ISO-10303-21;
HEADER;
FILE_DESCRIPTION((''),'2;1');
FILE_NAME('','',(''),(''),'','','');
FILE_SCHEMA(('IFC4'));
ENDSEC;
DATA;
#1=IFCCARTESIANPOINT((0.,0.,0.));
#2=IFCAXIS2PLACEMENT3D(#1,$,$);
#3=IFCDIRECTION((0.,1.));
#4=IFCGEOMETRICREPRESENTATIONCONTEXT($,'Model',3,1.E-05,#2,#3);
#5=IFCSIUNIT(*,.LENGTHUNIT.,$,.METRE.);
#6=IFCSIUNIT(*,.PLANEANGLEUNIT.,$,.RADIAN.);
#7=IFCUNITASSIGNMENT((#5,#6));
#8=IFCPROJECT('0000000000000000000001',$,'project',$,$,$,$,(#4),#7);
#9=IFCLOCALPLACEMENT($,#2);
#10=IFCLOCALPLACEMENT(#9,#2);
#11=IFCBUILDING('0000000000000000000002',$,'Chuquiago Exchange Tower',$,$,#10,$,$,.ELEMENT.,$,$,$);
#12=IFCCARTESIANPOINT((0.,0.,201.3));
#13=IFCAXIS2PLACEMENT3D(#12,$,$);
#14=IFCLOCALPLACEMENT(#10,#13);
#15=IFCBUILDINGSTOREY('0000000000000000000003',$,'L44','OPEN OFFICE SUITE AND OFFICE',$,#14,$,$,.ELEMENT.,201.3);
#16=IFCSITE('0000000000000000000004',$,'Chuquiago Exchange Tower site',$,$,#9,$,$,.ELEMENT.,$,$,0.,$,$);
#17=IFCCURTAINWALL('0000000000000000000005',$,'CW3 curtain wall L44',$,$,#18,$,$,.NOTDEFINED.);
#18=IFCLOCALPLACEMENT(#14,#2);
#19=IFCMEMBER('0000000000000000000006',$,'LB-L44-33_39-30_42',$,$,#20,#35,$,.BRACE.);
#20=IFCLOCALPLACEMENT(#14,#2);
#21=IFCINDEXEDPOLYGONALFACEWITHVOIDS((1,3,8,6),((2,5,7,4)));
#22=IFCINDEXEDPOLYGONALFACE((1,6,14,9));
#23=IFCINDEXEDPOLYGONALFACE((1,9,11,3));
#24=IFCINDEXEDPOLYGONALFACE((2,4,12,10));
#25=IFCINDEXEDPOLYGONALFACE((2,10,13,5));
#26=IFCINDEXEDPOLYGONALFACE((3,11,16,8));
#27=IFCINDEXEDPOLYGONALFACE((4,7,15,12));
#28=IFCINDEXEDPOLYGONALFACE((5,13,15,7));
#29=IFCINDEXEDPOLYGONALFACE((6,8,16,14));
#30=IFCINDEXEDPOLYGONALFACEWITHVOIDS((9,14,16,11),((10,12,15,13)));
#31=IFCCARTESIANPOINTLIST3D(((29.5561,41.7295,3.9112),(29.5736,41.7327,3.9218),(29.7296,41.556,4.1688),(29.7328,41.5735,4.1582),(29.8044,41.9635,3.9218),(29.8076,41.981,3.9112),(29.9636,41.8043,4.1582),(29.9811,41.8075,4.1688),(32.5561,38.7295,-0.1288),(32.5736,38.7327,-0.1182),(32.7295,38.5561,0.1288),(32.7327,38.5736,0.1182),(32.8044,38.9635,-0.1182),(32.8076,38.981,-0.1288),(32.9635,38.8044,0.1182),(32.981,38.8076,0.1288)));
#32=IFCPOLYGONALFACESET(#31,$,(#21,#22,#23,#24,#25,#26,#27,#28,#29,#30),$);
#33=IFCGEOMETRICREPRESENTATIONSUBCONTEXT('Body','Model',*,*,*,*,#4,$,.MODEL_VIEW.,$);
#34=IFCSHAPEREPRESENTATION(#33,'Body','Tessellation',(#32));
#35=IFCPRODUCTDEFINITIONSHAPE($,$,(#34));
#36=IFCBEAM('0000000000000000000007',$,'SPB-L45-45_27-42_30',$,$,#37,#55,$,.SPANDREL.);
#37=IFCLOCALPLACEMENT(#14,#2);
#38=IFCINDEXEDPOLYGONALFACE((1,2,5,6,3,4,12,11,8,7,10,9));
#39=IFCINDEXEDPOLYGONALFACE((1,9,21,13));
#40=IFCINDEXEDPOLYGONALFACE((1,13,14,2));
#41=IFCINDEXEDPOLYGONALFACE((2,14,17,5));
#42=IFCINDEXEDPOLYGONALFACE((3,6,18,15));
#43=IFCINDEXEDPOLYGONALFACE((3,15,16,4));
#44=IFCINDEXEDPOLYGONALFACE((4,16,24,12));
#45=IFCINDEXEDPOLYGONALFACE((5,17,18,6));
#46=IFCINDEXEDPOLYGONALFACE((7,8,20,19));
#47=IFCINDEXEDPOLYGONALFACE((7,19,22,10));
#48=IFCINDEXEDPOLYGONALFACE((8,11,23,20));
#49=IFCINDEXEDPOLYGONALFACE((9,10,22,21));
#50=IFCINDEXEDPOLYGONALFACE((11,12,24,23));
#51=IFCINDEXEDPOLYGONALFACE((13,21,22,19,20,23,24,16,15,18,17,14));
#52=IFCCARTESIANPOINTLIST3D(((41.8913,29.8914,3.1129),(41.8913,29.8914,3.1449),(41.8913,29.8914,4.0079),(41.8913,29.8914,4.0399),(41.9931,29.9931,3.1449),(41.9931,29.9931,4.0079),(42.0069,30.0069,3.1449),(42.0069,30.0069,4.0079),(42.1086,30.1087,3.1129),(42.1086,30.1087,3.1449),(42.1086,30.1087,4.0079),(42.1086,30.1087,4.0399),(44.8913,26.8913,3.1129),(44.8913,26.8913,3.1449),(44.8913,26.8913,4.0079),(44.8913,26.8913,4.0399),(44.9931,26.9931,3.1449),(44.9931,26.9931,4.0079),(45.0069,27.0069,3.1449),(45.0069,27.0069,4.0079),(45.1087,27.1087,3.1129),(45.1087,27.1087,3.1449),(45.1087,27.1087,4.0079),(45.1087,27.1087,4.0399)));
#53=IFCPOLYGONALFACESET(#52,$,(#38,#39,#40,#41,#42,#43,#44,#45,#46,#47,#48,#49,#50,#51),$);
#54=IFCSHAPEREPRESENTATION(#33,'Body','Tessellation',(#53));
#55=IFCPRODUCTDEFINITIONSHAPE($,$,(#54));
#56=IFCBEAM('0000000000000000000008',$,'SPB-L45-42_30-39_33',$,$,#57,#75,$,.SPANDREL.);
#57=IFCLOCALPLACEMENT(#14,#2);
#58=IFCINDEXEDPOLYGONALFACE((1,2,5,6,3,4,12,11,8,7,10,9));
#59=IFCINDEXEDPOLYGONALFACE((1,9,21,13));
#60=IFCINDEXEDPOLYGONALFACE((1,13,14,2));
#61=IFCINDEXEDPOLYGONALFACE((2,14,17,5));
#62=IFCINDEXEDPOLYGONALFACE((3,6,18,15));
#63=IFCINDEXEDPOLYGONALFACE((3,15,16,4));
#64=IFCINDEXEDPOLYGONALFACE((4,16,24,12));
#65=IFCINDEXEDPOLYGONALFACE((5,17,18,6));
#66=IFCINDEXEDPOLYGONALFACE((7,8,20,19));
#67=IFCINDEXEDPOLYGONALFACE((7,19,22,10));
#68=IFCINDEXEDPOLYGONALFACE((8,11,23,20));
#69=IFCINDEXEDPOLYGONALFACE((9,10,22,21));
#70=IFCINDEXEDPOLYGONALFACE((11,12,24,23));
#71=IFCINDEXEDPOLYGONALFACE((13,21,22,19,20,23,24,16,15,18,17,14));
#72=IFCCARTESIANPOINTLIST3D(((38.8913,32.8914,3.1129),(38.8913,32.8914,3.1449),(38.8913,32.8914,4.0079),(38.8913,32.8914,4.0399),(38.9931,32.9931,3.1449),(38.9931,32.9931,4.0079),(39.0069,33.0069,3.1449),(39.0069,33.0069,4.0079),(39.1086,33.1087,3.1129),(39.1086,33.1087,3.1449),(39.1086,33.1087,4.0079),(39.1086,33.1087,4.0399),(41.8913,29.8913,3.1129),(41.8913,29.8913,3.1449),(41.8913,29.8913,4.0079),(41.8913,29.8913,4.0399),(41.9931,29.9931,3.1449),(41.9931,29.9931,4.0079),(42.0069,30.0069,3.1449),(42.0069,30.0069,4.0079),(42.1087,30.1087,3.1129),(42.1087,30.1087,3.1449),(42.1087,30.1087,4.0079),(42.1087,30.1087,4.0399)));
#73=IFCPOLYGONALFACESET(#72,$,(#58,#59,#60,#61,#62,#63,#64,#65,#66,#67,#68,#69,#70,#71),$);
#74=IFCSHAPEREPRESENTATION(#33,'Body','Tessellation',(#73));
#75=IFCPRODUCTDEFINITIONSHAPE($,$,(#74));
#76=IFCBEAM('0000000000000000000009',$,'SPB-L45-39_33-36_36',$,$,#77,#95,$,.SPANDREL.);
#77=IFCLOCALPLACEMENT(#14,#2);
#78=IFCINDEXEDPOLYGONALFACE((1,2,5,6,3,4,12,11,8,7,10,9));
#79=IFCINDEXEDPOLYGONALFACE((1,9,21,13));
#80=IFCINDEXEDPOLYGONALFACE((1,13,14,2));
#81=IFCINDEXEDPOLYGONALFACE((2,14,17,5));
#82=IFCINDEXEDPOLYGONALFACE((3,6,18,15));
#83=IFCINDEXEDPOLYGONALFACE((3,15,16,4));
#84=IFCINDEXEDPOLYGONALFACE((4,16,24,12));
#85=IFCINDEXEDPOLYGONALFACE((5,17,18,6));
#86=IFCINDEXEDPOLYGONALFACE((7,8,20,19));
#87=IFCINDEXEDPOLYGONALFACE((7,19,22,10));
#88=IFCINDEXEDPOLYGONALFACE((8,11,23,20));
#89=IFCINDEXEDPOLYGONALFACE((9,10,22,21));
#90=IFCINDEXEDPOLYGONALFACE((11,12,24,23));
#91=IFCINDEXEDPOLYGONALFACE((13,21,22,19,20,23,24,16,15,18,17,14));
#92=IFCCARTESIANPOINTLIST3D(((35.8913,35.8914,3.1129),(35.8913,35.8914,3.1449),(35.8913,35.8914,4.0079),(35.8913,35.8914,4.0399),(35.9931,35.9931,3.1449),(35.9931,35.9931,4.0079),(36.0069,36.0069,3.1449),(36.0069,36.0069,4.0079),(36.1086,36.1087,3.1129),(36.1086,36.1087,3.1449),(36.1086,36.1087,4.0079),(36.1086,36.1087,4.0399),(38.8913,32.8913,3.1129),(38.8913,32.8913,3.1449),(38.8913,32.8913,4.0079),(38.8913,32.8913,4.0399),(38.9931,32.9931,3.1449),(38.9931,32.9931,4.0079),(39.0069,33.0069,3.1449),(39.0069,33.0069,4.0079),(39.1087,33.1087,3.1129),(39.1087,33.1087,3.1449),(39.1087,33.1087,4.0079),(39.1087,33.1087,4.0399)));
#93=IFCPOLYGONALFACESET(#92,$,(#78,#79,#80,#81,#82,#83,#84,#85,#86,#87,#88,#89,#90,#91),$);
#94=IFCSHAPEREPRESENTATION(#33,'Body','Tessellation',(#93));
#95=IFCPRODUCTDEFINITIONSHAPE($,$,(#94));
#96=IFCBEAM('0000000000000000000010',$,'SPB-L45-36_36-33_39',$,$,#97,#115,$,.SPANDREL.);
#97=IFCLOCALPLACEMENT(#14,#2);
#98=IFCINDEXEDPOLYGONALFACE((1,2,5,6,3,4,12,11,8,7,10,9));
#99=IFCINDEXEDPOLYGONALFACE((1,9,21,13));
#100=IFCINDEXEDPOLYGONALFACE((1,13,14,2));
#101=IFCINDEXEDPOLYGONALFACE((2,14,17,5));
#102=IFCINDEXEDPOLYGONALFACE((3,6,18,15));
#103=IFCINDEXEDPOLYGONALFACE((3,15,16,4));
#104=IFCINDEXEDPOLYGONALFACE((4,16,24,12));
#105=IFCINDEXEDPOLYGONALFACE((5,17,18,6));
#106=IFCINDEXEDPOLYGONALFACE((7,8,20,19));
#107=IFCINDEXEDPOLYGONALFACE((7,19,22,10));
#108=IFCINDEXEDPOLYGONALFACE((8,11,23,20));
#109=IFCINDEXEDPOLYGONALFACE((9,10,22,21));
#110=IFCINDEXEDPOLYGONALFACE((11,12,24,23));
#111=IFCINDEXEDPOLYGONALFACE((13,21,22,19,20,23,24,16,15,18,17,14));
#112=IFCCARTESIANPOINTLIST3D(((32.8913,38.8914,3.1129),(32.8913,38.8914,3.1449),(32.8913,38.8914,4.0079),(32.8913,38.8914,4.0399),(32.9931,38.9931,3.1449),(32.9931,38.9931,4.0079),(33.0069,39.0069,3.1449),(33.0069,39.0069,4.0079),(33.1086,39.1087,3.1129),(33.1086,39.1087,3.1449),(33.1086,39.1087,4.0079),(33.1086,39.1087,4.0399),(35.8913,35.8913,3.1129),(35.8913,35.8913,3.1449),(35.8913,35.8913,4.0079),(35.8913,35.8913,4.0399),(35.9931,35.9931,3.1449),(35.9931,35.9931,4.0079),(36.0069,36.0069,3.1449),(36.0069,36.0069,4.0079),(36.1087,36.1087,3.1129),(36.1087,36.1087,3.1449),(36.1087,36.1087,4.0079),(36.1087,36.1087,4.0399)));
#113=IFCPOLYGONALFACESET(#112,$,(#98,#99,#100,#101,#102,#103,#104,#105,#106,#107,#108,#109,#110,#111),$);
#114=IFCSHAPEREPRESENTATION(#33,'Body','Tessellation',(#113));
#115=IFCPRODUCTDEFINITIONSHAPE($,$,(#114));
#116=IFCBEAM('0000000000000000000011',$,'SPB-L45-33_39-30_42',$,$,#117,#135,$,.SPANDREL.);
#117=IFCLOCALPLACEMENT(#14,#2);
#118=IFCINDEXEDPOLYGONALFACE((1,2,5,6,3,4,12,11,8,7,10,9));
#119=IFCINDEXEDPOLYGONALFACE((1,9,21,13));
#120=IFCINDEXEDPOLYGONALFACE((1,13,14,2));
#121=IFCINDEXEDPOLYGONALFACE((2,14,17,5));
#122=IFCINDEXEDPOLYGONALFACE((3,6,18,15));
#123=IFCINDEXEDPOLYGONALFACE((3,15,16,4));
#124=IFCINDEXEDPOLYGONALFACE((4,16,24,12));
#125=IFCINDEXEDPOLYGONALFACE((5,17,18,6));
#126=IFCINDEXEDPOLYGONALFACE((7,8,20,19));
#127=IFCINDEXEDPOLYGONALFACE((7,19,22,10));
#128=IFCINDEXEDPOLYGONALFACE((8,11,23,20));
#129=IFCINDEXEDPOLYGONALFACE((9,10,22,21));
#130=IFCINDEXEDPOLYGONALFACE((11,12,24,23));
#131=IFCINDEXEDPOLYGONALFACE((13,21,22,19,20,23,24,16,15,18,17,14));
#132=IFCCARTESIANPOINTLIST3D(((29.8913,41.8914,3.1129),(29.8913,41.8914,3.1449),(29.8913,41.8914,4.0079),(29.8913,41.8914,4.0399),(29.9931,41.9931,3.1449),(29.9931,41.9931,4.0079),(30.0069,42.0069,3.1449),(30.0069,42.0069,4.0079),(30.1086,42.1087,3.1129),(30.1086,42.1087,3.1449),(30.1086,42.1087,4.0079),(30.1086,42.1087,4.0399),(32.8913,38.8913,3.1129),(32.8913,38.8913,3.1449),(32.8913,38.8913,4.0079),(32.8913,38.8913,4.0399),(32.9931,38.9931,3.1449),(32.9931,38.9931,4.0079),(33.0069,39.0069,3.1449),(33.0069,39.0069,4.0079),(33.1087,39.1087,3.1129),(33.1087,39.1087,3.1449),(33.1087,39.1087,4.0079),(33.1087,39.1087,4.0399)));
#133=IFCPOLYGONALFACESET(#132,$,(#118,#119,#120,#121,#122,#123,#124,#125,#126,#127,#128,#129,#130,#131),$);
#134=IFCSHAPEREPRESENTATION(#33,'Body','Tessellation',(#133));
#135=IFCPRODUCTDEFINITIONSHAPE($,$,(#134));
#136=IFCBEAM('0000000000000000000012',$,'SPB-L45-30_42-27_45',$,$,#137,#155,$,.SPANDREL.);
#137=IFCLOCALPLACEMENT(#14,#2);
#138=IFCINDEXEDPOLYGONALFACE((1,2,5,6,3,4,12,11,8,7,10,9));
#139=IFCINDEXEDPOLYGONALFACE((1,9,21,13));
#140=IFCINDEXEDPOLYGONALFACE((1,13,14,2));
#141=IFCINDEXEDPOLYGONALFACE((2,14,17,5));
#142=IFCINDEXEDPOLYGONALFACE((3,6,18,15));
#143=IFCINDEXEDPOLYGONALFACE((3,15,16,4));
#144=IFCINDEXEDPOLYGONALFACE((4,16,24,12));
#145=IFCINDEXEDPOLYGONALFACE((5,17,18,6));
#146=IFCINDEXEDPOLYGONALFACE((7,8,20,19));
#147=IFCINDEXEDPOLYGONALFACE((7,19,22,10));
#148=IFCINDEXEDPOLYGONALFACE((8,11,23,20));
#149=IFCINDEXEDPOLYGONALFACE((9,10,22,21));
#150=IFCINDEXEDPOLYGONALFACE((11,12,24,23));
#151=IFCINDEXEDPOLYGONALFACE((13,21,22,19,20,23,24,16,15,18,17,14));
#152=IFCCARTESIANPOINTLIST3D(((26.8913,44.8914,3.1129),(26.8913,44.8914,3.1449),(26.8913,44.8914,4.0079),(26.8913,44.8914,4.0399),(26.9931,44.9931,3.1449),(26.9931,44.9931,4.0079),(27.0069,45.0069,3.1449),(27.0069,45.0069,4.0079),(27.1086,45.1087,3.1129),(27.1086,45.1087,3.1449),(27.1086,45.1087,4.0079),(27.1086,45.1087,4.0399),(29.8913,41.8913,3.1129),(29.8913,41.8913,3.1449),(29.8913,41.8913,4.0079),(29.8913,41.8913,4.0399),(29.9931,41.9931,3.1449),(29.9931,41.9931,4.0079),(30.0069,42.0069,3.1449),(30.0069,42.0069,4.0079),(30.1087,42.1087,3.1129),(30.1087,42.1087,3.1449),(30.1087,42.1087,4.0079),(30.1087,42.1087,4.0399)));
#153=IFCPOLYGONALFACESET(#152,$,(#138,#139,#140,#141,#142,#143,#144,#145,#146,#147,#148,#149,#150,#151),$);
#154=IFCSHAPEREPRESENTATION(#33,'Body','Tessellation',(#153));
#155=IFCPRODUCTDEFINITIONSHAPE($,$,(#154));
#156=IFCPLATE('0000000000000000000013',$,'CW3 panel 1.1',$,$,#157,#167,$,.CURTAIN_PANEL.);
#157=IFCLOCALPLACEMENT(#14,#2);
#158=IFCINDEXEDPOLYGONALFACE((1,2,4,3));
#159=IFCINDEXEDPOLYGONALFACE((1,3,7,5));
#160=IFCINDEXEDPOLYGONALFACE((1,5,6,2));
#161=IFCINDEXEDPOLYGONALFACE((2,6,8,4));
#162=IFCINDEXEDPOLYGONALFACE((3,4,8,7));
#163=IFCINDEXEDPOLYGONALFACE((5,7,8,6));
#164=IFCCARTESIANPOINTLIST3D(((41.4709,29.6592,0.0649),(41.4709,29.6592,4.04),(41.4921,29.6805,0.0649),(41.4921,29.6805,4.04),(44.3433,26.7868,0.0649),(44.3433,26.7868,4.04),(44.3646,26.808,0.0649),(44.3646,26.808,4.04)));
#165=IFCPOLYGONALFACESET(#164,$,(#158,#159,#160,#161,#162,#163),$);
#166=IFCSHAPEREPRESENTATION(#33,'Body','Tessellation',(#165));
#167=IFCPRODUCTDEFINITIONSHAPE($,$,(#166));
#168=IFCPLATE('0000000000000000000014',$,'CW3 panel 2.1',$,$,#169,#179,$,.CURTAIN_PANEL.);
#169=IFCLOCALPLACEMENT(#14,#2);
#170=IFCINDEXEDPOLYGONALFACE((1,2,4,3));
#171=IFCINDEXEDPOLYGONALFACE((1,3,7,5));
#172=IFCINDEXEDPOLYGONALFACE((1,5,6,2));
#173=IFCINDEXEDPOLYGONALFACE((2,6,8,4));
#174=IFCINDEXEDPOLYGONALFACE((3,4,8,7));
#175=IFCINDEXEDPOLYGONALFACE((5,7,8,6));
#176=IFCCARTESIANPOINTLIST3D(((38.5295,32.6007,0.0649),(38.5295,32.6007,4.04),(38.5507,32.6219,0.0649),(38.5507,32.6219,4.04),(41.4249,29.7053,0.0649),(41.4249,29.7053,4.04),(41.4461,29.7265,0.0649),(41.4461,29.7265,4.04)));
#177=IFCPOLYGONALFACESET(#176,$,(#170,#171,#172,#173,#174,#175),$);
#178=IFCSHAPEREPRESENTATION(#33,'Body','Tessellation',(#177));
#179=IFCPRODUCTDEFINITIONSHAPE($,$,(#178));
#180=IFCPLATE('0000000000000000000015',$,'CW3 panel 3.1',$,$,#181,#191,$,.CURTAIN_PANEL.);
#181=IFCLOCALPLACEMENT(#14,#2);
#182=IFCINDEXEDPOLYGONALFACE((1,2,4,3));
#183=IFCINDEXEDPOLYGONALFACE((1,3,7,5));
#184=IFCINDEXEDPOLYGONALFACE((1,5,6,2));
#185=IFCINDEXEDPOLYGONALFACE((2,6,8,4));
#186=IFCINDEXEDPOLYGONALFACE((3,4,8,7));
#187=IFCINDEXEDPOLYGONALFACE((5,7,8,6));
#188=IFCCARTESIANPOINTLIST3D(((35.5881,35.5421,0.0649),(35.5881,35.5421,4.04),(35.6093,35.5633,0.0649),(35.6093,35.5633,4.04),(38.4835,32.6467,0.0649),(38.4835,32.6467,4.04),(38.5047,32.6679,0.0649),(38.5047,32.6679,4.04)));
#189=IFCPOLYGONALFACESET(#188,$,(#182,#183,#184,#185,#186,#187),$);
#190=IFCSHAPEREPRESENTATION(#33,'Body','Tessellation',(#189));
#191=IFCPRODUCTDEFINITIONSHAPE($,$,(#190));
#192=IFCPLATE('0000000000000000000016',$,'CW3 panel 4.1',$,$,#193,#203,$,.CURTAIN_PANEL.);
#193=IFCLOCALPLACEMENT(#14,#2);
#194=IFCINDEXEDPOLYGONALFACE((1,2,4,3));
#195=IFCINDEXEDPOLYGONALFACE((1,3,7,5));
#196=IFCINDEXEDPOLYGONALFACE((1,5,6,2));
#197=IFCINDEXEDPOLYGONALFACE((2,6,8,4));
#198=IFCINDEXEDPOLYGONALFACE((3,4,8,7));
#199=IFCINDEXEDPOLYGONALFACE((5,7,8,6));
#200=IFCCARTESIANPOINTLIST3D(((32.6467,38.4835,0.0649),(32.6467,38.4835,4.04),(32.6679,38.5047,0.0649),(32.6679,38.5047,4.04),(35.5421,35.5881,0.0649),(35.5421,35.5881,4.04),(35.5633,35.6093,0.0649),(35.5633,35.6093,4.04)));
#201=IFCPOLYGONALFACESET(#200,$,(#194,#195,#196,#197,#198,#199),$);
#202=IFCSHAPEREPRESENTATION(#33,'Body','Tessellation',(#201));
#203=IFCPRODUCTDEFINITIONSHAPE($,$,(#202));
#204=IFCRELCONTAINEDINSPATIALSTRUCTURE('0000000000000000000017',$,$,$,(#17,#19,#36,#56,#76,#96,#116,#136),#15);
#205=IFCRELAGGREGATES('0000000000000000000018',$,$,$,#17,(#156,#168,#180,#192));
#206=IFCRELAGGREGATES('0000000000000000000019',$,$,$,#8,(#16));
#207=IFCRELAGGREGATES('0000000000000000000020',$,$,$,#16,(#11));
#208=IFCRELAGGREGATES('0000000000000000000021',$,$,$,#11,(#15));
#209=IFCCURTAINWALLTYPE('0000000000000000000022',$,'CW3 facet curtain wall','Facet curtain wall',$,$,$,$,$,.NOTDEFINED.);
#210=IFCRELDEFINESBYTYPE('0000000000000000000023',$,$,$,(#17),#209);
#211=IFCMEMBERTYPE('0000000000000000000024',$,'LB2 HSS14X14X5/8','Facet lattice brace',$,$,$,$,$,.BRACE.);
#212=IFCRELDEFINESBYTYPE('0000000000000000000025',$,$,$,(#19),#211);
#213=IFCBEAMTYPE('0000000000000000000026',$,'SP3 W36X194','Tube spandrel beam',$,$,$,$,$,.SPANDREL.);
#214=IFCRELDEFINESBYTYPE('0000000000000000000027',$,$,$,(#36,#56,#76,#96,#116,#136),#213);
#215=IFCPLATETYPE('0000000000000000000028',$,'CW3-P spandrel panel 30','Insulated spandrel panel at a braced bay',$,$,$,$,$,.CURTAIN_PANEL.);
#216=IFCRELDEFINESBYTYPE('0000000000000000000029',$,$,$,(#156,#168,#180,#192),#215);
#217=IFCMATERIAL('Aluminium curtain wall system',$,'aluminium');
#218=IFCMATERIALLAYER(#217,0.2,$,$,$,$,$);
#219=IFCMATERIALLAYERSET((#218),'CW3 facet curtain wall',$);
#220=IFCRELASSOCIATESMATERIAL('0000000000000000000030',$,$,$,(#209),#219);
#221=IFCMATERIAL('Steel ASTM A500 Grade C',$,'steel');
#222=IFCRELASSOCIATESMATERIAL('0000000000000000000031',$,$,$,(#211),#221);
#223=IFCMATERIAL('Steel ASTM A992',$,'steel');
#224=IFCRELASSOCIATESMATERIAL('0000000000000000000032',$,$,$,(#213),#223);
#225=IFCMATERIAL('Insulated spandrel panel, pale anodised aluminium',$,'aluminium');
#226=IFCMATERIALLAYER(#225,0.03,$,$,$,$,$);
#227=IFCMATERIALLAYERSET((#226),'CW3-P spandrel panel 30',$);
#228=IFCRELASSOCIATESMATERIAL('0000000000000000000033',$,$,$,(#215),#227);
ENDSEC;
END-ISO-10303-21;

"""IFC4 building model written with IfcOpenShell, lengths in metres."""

from ifc_helpers import new_model, si_unit, direction, frame, origin, origin_2d, place, context, subcontext, project, spatial, rectangle, hollow_rectangle, i_section, extrude, material, layer, layer_set, material_profile, profile_set, type_object, element, aggregate, save


model = new_model("IFC4")

# Units and contexts
model_context = context("Model", 3, precision=1e-05, world=origin(), true_north=direction((0.0, 1.0)))
body_context = subcontext(model_context, "Body", "Model", "MODEL_VIEW")
ifc_project = project(units=[si_unit("LENGTHUNIT", "METRE"), si_unit("PLANEANGLEUNIT", "RADIAN")], contexts=[model_context])

# Site, building, storey
site_placement = place(None, origin())
site = spatial("IfcSite", under=ifc_project, at=site_placement, Name="Chuquiago Exchange Tower site", CompositionType="ELEMENT", RefElevation=0.0)
building_placement = place(site_placement, origin())
building = spatial("IfcBuilding", under=site, at=building_placement, Name="Chuquiago Exchange Tower", CompositionType="ELEMENT")
storey_placement = place(building_placement, frame((0.0, 0.0, 201.3)))
storey = spatial("IfcBuildingStorey", under=building, at=storey_placement, Name="L44", Description="OPEN OFFICE SUITE AND OFFICE", CompositionType="ELEMENT", Elevation=201.3)

# Curtain wall
ifc_material_1 = material(Name="Aluminium curtain wall system", Category="aluminium")
ifc_layer_1 = layer(ifc_material_1, 0.2)
ifc_layer_set_1 = layer_set([ifc_layer_1], Name="CW3 facet curtain wall")
curtain_wall_type = type_object("IfcCurtainWallType", Name="CW3 facet curtain wall", Description="Facet curtain wall", PredefinedType="NOTDEFINED", material=ifc_layer_set_1)
curtain_wall_placement = place(storey_placement, origin())
curtain_wall = element("IfcCurtainWall", 1, at=curtain_wall_placement, inside=storey, type_object=curtain_wall_type, Name="CW3 curtain wall L44", PredefinedType="NOTDEFINED")

# Member
ifc_material_2 = material(Name="Steel ASTM A500 Grade C", Category="steel")
ifc_material_profile_1 = material_profile(ifc_material_2, hollow_rectangle(XDim=0.3557, YDim=0.3557, WallThickness=0.0146, at=origin_2d()), Name="HSS14X14X5/8")
ifc_profile_set_1 = profile_set([ifc_material_profile_1], Name="Steel ASTM A500 Grade C")
member_type_1 = type_object("IfcMemberType", Name="LB2 HSS14X14X5/8", Description="Facet lattice brace", PredefinedType="BRACE", material=ifc_profile_set_1)
for number, where, z_axis, x_axis, name in (
    (2, (32.7686, 38.7686, 0.0), (-0.512077, 0.512077, 0.689604), (-0.707107, -0.707107, 0.0), "LB-L44-33_39-30_42"),
):
    element("IfcMember", number, at=place(storey_placement, frame(where, z_axis=z_axis, x_axis=x_axis)), inside=storey, type_object=member_type_1, Name=name, PredefinedType="BRACE", context=body_context, shape_type="SweptSolid", body=[
        extrude(hollow_rectangle(XDim=0.3557, YDim=0.3557, WallThickness=0.0146, at=origin_2d()), origin(), (0.0, 0.0, 1.0), 5.8584),
    ])

# Beams
ifc_material_3 = material(Name="Steel ASTM A992", Category="steel")
ifc_material_profile_2 = material_profile(ifc_material_3, i_section(OverallWidth=0.3074, OverallDepth=0.927, WebThickness=0.0195, FlangeThickness=0.032, at=origin_2d()), Name="W36X194")
ifc_profile_set_2 = profile_set([ifc_material_profile_2], Name="Steel ASTM A992")
beam_type_1 = type_object("IfcBeamType", Name="SP3 W36X194", Description="Tube spandrel beam", PredefinedType="SPANDREL", material=ifc_profile_set_2)
for number, where, z_axis, x_axis, name in (
    (3, (45.0, 27.0, 3.5764), (-0.707107, 0.707107, 0.0), (-0.707107, -0.707107, 0.0), "SPB-L45-45_27-42_30"),
    (4, (42.0, 30.0, 3.5764), (-0.707107, 0.707107, 0.0), (-0.707107, -0.707107, 0.0), "SPB-L45-42_30-39_33"),
    (5, (39.0, 33.0, 3.5764), (-0.707107, 0.707107, 0.0), (-0.707107, -0.707107, 0.0), "SPB-L45-39_33-36_36"),
    (6, (36.0, 36.0, 3.5764), (-0.707107, 0.707107, 0.0), (-0.707107, -0.707107, 0.0), "SPB-L45-36_36-33_39"),
    (7, (33.0, 39.0, 3.5764), (-0.707107, 0.707107, 0.0), (-0.707107, -0.707107, 0.0), "SPB-L45-33_39-30_42"),
    (8, (30.0, 42.0, 3.5764), (-0.707107, 0.707107, 0.0), (-0.707107, -0.707107, 0.0), "SPB-L45-30_42-27_45"),
):
    element("IfcBeam", number, at=place(storey_placement, frame(where, z_axis=z_axis, x_axis=x_axis)), inside=storey, type_object=beam_type_1, Name=name, PredefinedType="SPANDREL", context=body_context, shape_type="SweptSolid", body=[
        extrude(i_section(OverallWidth=0.3074, OverallDepth=0.927, WebThickness=0.0195, FlangeThickness=0.032, at=origin_2d()), origin(), (0.0, 0.0, 1.0), 4.2427),
    ])

# Plates
ifc_material_4 = material(Name="Insulated spandrel panel, pale anodised aluminium", Category="aluminium")
ifc_layer_2 = layer(ifc_material_4, 0.03)
ifc_layer_set_2 = layer_set([ifc_layer_2], Name="CW3-P spandrel panel 30")
plate_type = type_object("IfcPlateType", Name="CW3-P spandrel panel 30", Description="Insulated spandrel panel at a braced bay", PredefinedType="CURTAIN_PANEL", material=ifc_layer_set_2)
plate_1_placement = place(storey_placement, frame((42.9177, 28.2336, 0.0649), z_axis=(0.0, 0.0, 1.0), x_axis=(-0.707107, 0.707107, 0.0)))
plate_1 = element("IfcPlate", 9, at=plate_1_placement, type_object=plate_type, Name="CW3 panel 1.1", PredefinedType="CURTAIN_PANEL", context=body_context, shape_type="SweptSolid", body=[
    extrude(rectangle(XDim=4.0623, YDim=0.03, at=origin_2d()), origin(), (0.0, 0.0, 1.0), 3.9751),
])
plate_2_placement = place(storey_placement, frame((39.9878, 31.1636, 0.0649), z_axis=(0.0, 0.0, 1.0), x_axis=(-0.707107, 0.707107, 0.0)))
plate_2 = element("IfcPlate", 10, at=plate_2_placement, type_object=plate_type, Name="CW3 panel 2.1", PredefinedType="CURTAIN_PANEL", context=body_context, shape_type="SweptSolid", body=[
    extrude(rectangle(XDim=4.0947, YDim=0.03, at=origin_2d()), origin(), (0.0, 0.0, 1.0), 3.9751),
])
plate_3_placement = place(storey_placement, frame((37.0464, 34.105, 0.0649), z_axis=(0.0, 0.0, 1.0), x_axis=(-0.707107, 0.707107, 0.0)))
plate_3 = element("IfcPlate", 11, at=plate_3_placement, type_object=plate_type, Name="CW3 panel 3.1", PredefinedType="CURTAIN_PANEL", context=body_context, shape_type="SweptSolid", body=[
    extrude(rectangle(XDim=4.0947, YDim=0.03, at=origin_2d()), origin(), (0.0, 0.0, 1.0), 3.9751),
])
plate_4_placement = place(storey_placement, frame((34.105, 37.0464, 0.0649), z_axis=(0.0, 0.0, 1.0), x_axis=(-0.707107, 0.707107, 0.0)))
plate_4 = element("IfcPlate", 12, at=plate_4_placement, type_object=plate_type, Name="CW3 panel 4.1", PredefinedType="CURTAIN_PANEL", context=body_context, shape_type="SweptSolid", body=[
    extrude(rectangle(XDim=4.0947, YDim=0.03, at=origin_2d()), origin(), (0.0, 0.0, 1.0), 3.9751),
])
aggregate(curtain_wall, [plate_1, plate_2, plate_3, plate_4])

save(model, "model.ifc")
